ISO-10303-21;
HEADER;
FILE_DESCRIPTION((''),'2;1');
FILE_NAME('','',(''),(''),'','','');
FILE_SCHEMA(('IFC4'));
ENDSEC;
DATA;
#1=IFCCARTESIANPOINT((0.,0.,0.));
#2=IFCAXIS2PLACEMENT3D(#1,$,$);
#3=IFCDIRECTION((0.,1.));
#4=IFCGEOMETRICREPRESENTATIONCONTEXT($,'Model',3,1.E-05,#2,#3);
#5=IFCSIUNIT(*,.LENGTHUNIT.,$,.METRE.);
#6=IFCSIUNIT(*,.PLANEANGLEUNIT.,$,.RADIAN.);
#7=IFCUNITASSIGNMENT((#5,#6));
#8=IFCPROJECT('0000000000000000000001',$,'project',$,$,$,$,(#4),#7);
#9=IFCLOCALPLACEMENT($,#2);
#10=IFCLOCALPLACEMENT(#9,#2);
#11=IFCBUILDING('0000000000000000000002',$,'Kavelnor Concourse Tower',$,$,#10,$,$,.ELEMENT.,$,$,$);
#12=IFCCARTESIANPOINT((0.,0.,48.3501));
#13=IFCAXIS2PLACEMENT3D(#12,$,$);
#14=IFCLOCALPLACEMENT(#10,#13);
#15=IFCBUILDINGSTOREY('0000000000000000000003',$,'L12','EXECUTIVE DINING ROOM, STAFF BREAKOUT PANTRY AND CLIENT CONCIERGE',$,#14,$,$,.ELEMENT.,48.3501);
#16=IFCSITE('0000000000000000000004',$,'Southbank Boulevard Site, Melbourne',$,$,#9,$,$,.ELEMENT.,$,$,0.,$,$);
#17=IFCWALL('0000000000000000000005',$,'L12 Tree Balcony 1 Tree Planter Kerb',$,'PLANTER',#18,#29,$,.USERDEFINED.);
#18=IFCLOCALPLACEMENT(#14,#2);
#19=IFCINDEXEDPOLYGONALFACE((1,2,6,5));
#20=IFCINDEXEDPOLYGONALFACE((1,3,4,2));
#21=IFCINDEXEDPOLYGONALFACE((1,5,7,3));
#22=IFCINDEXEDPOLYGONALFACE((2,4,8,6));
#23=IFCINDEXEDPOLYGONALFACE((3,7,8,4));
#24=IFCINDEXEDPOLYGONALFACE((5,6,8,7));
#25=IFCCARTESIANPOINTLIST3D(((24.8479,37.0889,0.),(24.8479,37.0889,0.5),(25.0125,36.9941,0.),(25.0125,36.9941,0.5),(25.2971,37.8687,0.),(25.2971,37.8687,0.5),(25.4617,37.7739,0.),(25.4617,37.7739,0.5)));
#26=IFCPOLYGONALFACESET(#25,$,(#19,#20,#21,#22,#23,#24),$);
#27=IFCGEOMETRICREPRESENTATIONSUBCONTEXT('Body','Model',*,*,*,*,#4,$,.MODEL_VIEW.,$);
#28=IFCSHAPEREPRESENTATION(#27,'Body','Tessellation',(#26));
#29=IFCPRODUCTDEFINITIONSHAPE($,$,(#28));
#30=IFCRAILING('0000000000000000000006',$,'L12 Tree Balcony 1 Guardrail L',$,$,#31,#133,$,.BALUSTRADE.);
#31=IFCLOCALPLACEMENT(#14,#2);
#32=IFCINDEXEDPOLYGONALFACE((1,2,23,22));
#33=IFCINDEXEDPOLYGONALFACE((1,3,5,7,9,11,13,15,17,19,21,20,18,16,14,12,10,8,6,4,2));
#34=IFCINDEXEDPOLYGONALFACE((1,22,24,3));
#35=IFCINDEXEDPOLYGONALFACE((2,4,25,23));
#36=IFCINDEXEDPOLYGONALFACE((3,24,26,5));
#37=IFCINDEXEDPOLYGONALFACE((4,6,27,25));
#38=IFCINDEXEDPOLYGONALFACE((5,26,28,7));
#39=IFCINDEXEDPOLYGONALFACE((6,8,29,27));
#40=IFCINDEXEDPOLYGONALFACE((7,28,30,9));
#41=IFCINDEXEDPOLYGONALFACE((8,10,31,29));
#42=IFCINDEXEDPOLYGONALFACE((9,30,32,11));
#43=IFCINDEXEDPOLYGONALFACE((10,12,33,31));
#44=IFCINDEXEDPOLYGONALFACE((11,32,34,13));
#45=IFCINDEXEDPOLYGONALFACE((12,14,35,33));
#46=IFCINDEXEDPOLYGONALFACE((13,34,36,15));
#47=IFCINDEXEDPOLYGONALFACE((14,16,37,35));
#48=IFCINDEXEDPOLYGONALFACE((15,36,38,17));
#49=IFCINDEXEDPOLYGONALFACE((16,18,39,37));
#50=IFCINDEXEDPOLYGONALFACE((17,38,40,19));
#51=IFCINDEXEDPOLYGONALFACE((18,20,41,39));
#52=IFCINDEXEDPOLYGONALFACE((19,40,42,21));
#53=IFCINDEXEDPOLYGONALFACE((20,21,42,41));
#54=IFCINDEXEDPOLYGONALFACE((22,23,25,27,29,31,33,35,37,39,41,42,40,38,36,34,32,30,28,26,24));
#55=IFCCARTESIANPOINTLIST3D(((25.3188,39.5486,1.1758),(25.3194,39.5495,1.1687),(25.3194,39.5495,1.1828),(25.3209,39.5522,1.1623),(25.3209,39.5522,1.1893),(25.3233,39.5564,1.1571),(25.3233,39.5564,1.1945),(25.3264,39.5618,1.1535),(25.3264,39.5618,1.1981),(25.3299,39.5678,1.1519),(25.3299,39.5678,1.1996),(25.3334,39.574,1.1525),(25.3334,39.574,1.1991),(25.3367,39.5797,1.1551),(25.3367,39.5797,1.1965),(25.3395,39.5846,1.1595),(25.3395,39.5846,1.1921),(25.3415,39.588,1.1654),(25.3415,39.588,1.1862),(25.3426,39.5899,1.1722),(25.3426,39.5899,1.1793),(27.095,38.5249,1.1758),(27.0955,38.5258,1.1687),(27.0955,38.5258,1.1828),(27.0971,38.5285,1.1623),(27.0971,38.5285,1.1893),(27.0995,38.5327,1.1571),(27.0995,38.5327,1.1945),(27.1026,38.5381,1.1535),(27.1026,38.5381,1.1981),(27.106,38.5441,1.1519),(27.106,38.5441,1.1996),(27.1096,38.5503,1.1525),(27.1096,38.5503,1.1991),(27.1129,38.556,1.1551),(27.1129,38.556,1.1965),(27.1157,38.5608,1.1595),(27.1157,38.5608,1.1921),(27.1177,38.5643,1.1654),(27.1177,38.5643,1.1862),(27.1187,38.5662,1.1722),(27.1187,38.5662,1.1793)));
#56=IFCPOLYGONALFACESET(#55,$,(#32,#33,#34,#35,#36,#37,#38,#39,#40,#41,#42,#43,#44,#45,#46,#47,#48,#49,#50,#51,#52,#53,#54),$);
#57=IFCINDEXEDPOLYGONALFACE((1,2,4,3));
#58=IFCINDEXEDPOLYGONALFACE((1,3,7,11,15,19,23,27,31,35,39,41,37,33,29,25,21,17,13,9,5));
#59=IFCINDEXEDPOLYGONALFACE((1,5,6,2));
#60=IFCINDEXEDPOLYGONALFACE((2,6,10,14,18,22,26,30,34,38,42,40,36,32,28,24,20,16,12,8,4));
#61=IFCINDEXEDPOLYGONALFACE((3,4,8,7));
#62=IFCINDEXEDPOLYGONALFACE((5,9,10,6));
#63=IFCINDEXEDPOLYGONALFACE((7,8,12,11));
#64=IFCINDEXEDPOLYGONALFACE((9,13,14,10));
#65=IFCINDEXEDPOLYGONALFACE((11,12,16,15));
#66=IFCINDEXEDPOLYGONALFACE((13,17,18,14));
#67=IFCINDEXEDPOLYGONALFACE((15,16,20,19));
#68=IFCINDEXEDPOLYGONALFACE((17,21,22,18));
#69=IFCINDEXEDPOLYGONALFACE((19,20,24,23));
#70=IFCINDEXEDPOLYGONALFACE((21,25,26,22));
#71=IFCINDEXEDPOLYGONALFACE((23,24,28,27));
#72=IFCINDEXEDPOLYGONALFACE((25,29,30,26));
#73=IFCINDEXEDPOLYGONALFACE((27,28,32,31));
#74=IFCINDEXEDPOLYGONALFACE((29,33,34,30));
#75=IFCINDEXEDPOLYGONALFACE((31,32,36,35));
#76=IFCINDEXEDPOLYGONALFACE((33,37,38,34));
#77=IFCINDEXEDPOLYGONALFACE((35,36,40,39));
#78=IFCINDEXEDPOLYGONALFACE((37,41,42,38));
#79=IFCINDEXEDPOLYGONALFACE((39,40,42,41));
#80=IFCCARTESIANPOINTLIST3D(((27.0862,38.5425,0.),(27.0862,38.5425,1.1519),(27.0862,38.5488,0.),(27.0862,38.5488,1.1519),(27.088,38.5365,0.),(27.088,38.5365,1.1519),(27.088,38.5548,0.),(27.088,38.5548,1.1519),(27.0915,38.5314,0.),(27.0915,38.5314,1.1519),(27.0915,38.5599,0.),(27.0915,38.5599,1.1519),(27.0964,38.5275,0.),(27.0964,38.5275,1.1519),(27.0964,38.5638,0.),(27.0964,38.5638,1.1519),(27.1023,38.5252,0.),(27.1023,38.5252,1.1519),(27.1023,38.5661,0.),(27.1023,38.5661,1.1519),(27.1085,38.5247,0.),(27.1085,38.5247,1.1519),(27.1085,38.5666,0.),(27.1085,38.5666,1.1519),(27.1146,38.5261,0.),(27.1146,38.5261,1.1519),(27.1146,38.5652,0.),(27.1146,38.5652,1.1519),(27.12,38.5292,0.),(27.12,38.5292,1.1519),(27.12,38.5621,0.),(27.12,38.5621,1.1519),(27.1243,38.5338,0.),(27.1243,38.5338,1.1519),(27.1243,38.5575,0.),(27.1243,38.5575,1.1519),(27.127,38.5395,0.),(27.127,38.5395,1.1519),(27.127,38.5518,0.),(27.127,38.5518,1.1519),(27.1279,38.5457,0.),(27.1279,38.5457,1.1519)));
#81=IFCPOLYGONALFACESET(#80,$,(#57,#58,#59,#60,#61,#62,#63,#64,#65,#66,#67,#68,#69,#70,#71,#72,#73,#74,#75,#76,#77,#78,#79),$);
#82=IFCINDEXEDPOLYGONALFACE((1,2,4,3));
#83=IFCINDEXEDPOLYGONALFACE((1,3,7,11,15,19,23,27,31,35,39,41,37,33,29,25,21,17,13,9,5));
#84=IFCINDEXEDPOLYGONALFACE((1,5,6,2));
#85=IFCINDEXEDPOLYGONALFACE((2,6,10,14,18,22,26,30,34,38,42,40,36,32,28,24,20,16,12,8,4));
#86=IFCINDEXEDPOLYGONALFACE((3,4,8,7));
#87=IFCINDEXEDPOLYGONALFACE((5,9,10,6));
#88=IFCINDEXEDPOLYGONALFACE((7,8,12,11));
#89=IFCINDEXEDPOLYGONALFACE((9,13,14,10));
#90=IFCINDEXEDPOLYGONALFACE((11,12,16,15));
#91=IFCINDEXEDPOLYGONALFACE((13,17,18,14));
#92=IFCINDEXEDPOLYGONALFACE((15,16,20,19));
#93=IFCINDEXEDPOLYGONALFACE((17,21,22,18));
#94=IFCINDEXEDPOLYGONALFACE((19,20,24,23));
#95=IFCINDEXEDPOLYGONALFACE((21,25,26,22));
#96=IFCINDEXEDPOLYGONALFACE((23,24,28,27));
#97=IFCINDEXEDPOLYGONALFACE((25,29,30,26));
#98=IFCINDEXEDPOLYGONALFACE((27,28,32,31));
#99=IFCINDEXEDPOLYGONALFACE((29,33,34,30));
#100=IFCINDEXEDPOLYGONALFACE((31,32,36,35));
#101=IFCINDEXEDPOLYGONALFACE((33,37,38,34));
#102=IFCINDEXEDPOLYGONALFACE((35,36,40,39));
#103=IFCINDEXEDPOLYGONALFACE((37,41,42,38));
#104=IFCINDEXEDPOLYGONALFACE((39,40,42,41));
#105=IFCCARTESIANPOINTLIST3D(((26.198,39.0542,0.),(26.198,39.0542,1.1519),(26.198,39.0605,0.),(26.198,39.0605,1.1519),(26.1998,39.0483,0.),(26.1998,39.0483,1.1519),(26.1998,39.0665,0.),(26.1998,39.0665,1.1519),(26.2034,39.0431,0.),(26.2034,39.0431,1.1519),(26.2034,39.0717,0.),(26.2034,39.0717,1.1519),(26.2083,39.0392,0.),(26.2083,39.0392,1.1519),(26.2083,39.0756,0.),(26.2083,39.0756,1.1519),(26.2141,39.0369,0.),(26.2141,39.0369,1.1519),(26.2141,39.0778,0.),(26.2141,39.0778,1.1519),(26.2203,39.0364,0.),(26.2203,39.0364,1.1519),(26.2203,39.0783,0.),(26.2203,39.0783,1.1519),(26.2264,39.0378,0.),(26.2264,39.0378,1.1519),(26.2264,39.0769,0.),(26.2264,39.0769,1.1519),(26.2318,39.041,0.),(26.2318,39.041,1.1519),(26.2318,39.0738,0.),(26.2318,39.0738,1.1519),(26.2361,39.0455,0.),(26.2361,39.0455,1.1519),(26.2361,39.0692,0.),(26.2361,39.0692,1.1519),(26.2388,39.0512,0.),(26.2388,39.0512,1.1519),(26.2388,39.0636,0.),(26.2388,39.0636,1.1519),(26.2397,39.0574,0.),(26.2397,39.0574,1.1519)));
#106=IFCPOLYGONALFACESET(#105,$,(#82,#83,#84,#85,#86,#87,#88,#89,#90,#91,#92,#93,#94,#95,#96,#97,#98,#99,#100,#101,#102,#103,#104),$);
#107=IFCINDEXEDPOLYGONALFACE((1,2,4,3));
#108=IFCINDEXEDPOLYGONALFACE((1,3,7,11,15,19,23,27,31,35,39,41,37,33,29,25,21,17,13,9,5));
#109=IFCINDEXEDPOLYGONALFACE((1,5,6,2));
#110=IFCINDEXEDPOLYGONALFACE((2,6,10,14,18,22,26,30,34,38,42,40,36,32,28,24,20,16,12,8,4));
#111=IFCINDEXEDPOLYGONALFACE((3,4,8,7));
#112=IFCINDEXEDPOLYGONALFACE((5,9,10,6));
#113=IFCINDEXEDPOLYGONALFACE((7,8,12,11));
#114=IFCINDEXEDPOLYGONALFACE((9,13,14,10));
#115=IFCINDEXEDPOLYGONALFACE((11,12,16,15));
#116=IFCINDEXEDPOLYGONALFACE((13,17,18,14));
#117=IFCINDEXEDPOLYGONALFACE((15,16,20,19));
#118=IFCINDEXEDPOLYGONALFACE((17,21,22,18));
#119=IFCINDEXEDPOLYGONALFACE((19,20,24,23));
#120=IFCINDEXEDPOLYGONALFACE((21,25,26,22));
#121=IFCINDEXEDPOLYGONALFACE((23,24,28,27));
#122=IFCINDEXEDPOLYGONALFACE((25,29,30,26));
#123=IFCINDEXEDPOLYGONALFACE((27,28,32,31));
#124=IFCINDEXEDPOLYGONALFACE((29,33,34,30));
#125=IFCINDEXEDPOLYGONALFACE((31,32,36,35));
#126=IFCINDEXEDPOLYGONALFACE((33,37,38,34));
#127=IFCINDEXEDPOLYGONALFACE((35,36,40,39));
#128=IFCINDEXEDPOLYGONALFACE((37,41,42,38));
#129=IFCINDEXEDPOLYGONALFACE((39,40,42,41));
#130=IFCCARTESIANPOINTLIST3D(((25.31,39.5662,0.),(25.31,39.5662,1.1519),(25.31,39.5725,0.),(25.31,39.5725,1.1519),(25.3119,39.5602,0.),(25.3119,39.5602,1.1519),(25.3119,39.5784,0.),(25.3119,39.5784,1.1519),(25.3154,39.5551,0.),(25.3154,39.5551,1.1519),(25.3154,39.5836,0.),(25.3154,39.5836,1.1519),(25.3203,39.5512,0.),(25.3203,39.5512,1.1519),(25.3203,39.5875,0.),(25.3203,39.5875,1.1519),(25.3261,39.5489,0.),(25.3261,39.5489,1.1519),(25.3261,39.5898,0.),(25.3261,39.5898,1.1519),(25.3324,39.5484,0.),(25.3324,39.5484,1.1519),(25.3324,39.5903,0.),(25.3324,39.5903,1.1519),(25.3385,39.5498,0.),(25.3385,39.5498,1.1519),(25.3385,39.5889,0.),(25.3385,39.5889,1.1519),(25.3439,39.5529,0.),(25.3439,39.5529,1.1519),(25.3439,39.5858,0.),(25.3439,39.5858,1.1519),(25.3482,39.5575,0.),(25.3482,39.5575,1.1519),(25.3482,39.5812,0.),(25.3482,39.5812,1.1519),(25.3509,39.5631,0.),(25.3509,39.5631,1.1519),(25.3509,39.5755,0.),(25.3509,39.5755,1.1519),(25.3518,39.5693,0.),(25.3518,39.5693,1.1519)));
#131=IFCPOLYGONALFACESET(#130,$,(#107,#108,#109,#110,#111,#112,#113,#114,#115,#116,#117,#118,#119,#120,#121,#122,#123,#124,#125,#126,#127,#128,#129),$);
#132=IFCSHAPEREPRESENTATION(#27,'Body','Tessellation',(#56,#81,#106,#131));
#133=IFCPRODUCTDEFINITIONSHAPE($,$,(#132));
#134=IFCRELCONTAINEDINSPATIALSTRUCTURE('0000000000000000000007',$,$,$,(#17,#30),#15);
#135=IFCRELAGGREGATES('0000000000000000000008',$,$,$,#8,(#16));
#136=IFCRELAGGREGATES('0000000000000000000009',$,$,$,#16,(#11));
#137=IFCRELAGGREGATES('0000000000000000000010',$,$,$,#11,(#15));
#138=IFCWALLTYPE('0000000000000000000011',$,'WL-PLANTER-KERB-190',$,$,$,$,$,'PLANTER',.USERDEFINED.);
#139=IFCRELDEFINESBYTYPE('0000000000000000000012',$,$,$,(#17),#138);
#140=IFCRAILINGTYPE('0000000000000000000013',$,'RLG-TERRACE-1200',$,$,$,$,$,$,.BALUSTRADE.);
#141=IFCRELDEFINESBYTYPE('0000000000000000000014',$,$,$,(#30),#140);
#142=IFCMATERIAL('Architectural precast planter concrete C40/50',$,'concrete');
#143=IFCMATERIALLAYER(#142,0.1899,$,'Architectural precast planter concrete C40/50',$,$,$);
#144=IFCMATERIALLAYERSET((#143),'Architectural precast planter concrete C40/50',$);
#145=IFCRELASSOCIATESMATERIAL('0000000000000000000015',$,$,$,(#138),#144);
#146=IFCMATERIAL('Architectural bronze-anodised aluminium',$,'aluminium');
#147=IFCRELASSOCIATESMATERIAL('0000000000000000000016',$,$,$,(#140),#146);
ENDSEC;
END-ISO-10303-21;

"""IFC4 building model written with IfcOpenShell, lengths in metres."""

from ifc_helpers import new_model, si_unit, direction, frame, frame_2d, origin, origin_2d, place, context, subcontext, project, spatial, rectangle, circle, extrude, material, layer, layer_set, type_object, element, save


model = new_model("IFC4")

# Units and contexts
model_context = context("Model", 3, precision=1e-05, world=origin(), true_north=direction((0.0, 1.0)))
body_context = subcontext(model_context, "Body", "Model", "MODEL_VIEW")
ifc_project = project(units=[si_unit("LENGTHUNIT", "METRE"), si_unit("PLANEANGLEUNIT", "RADIAN")], contexts=[model_context])

# Site, building, storey
site_placement = place(None, origin())
site = spatial("IfcSite", under=ifc_project, at=site_placement, Name="Southbank Boulevard Site, Melbourne", CompositionType="ELEMENT", RefElevation=0.0)
building_placement = place(site_placement, origin())
building = spatial("IfcBuilding", under=site, at=building_placement, Name="Kavelnor Concourse Tower", CompositionType="ELEMENT")
storey_placement = place(building_placement, frame((0.0, 0.0, 48.3501)))
storey = spatial("IfcBuildingStorey", under=building, at=storey_placement, Name="L12", Description="EXECUTIVE DINING ROOM, STAFF BREAKOUT PANTRY AND CLIENT CONCIERGE", CompositionType="ELEMENT", Elevation=48.3501)

# Wall
ifc_material_1 = material(Name="Architectural precast planter concrete C40/50", Category="concrete")
ifc_layer_1 = layer(ifc_material_1, 0.1899, Name="Architectural precast planter concrete C40/50")
ifc_layer_set_1 = layer_set([ifc_layer_1], Name="Architectural precast planter concrete C40/50")
wall_type_1 = type_object("IfcWallType", Name="WL-PLANTER-KERB-190", ElementType="PLANTER", PredefinedType="USERDEFINED", material=ifc_layer_set_1)
wall_1_placement = place(storey_placement, frame((25.3794, 37.8213, 0.0), z_axis=(0.0, 0.0, 1.0), x_axis=(-0.499174, -0.866502, 0.0)))
element("IfcWall", 1, at=wall_1_placement, inside=storey, type_object=wall_type_1, Name="L12 Tree Balcony 1 Tree Planter Kerb", ObjectType="PLANTER", PredefinedType="USERDEFINED", context=body_context, shape_type="SweptSolid", body=[
    extrude(rectangle(XDim=0.8999, YDim=0.1899, at=frame_2d((0.45, 0.0))), origin(), (0.0, 0.0, 1.0), 0.5),
])

# Railing
ifc_material_2 = material(Name="Architectural bronze-anodised aluminium", Category="aluminium")
railing_type = type_object("IfcRailingType", Name="RLG-TERRACE-1200", PredefinedType="BALUSTRADE", material=ifc_material_2)
railing_1_placement = place(storey_placement, frame((27.1069, 38.5457, 0.0)))
element("IfcRailing", 2, at=railing_1_placement, inside=storey, type_object=railing_type, Name="L12 Tree Balcony 1 Guardrail L", PredefinedType="BALUSTRADE", context=body_context, shape_type="SweptSolid", body=[
    extrude(circle(Radius=0.0239, at=origin_2d()), frame((0.0, 0.0, 1.1758), z_axis=(-0.866398, 0.499355, 0.0), x_axis=(-0.499355, -0.866398, 0.0)), (0.0, 0.0, 1.0), 2.05),
    extrude(circle(Radius=0.021, at=origin_2d()), origin(), (0.0, 0.0, 1.0), 1.1519),
    extrude(circle(Radius=0.021, at=origin_2d()), frame((-0.8882, 0.5117, 0.0)), (0.0, 0.0, 1.0), 1.1519),
    extrude(circle(Radius=0.021, at=origin_2d()), frame((-1.7761, 1.0237, 0.0)), (0.0, 0.0, 1.0), 1.1519),
])

save(model, "model.ifc")
